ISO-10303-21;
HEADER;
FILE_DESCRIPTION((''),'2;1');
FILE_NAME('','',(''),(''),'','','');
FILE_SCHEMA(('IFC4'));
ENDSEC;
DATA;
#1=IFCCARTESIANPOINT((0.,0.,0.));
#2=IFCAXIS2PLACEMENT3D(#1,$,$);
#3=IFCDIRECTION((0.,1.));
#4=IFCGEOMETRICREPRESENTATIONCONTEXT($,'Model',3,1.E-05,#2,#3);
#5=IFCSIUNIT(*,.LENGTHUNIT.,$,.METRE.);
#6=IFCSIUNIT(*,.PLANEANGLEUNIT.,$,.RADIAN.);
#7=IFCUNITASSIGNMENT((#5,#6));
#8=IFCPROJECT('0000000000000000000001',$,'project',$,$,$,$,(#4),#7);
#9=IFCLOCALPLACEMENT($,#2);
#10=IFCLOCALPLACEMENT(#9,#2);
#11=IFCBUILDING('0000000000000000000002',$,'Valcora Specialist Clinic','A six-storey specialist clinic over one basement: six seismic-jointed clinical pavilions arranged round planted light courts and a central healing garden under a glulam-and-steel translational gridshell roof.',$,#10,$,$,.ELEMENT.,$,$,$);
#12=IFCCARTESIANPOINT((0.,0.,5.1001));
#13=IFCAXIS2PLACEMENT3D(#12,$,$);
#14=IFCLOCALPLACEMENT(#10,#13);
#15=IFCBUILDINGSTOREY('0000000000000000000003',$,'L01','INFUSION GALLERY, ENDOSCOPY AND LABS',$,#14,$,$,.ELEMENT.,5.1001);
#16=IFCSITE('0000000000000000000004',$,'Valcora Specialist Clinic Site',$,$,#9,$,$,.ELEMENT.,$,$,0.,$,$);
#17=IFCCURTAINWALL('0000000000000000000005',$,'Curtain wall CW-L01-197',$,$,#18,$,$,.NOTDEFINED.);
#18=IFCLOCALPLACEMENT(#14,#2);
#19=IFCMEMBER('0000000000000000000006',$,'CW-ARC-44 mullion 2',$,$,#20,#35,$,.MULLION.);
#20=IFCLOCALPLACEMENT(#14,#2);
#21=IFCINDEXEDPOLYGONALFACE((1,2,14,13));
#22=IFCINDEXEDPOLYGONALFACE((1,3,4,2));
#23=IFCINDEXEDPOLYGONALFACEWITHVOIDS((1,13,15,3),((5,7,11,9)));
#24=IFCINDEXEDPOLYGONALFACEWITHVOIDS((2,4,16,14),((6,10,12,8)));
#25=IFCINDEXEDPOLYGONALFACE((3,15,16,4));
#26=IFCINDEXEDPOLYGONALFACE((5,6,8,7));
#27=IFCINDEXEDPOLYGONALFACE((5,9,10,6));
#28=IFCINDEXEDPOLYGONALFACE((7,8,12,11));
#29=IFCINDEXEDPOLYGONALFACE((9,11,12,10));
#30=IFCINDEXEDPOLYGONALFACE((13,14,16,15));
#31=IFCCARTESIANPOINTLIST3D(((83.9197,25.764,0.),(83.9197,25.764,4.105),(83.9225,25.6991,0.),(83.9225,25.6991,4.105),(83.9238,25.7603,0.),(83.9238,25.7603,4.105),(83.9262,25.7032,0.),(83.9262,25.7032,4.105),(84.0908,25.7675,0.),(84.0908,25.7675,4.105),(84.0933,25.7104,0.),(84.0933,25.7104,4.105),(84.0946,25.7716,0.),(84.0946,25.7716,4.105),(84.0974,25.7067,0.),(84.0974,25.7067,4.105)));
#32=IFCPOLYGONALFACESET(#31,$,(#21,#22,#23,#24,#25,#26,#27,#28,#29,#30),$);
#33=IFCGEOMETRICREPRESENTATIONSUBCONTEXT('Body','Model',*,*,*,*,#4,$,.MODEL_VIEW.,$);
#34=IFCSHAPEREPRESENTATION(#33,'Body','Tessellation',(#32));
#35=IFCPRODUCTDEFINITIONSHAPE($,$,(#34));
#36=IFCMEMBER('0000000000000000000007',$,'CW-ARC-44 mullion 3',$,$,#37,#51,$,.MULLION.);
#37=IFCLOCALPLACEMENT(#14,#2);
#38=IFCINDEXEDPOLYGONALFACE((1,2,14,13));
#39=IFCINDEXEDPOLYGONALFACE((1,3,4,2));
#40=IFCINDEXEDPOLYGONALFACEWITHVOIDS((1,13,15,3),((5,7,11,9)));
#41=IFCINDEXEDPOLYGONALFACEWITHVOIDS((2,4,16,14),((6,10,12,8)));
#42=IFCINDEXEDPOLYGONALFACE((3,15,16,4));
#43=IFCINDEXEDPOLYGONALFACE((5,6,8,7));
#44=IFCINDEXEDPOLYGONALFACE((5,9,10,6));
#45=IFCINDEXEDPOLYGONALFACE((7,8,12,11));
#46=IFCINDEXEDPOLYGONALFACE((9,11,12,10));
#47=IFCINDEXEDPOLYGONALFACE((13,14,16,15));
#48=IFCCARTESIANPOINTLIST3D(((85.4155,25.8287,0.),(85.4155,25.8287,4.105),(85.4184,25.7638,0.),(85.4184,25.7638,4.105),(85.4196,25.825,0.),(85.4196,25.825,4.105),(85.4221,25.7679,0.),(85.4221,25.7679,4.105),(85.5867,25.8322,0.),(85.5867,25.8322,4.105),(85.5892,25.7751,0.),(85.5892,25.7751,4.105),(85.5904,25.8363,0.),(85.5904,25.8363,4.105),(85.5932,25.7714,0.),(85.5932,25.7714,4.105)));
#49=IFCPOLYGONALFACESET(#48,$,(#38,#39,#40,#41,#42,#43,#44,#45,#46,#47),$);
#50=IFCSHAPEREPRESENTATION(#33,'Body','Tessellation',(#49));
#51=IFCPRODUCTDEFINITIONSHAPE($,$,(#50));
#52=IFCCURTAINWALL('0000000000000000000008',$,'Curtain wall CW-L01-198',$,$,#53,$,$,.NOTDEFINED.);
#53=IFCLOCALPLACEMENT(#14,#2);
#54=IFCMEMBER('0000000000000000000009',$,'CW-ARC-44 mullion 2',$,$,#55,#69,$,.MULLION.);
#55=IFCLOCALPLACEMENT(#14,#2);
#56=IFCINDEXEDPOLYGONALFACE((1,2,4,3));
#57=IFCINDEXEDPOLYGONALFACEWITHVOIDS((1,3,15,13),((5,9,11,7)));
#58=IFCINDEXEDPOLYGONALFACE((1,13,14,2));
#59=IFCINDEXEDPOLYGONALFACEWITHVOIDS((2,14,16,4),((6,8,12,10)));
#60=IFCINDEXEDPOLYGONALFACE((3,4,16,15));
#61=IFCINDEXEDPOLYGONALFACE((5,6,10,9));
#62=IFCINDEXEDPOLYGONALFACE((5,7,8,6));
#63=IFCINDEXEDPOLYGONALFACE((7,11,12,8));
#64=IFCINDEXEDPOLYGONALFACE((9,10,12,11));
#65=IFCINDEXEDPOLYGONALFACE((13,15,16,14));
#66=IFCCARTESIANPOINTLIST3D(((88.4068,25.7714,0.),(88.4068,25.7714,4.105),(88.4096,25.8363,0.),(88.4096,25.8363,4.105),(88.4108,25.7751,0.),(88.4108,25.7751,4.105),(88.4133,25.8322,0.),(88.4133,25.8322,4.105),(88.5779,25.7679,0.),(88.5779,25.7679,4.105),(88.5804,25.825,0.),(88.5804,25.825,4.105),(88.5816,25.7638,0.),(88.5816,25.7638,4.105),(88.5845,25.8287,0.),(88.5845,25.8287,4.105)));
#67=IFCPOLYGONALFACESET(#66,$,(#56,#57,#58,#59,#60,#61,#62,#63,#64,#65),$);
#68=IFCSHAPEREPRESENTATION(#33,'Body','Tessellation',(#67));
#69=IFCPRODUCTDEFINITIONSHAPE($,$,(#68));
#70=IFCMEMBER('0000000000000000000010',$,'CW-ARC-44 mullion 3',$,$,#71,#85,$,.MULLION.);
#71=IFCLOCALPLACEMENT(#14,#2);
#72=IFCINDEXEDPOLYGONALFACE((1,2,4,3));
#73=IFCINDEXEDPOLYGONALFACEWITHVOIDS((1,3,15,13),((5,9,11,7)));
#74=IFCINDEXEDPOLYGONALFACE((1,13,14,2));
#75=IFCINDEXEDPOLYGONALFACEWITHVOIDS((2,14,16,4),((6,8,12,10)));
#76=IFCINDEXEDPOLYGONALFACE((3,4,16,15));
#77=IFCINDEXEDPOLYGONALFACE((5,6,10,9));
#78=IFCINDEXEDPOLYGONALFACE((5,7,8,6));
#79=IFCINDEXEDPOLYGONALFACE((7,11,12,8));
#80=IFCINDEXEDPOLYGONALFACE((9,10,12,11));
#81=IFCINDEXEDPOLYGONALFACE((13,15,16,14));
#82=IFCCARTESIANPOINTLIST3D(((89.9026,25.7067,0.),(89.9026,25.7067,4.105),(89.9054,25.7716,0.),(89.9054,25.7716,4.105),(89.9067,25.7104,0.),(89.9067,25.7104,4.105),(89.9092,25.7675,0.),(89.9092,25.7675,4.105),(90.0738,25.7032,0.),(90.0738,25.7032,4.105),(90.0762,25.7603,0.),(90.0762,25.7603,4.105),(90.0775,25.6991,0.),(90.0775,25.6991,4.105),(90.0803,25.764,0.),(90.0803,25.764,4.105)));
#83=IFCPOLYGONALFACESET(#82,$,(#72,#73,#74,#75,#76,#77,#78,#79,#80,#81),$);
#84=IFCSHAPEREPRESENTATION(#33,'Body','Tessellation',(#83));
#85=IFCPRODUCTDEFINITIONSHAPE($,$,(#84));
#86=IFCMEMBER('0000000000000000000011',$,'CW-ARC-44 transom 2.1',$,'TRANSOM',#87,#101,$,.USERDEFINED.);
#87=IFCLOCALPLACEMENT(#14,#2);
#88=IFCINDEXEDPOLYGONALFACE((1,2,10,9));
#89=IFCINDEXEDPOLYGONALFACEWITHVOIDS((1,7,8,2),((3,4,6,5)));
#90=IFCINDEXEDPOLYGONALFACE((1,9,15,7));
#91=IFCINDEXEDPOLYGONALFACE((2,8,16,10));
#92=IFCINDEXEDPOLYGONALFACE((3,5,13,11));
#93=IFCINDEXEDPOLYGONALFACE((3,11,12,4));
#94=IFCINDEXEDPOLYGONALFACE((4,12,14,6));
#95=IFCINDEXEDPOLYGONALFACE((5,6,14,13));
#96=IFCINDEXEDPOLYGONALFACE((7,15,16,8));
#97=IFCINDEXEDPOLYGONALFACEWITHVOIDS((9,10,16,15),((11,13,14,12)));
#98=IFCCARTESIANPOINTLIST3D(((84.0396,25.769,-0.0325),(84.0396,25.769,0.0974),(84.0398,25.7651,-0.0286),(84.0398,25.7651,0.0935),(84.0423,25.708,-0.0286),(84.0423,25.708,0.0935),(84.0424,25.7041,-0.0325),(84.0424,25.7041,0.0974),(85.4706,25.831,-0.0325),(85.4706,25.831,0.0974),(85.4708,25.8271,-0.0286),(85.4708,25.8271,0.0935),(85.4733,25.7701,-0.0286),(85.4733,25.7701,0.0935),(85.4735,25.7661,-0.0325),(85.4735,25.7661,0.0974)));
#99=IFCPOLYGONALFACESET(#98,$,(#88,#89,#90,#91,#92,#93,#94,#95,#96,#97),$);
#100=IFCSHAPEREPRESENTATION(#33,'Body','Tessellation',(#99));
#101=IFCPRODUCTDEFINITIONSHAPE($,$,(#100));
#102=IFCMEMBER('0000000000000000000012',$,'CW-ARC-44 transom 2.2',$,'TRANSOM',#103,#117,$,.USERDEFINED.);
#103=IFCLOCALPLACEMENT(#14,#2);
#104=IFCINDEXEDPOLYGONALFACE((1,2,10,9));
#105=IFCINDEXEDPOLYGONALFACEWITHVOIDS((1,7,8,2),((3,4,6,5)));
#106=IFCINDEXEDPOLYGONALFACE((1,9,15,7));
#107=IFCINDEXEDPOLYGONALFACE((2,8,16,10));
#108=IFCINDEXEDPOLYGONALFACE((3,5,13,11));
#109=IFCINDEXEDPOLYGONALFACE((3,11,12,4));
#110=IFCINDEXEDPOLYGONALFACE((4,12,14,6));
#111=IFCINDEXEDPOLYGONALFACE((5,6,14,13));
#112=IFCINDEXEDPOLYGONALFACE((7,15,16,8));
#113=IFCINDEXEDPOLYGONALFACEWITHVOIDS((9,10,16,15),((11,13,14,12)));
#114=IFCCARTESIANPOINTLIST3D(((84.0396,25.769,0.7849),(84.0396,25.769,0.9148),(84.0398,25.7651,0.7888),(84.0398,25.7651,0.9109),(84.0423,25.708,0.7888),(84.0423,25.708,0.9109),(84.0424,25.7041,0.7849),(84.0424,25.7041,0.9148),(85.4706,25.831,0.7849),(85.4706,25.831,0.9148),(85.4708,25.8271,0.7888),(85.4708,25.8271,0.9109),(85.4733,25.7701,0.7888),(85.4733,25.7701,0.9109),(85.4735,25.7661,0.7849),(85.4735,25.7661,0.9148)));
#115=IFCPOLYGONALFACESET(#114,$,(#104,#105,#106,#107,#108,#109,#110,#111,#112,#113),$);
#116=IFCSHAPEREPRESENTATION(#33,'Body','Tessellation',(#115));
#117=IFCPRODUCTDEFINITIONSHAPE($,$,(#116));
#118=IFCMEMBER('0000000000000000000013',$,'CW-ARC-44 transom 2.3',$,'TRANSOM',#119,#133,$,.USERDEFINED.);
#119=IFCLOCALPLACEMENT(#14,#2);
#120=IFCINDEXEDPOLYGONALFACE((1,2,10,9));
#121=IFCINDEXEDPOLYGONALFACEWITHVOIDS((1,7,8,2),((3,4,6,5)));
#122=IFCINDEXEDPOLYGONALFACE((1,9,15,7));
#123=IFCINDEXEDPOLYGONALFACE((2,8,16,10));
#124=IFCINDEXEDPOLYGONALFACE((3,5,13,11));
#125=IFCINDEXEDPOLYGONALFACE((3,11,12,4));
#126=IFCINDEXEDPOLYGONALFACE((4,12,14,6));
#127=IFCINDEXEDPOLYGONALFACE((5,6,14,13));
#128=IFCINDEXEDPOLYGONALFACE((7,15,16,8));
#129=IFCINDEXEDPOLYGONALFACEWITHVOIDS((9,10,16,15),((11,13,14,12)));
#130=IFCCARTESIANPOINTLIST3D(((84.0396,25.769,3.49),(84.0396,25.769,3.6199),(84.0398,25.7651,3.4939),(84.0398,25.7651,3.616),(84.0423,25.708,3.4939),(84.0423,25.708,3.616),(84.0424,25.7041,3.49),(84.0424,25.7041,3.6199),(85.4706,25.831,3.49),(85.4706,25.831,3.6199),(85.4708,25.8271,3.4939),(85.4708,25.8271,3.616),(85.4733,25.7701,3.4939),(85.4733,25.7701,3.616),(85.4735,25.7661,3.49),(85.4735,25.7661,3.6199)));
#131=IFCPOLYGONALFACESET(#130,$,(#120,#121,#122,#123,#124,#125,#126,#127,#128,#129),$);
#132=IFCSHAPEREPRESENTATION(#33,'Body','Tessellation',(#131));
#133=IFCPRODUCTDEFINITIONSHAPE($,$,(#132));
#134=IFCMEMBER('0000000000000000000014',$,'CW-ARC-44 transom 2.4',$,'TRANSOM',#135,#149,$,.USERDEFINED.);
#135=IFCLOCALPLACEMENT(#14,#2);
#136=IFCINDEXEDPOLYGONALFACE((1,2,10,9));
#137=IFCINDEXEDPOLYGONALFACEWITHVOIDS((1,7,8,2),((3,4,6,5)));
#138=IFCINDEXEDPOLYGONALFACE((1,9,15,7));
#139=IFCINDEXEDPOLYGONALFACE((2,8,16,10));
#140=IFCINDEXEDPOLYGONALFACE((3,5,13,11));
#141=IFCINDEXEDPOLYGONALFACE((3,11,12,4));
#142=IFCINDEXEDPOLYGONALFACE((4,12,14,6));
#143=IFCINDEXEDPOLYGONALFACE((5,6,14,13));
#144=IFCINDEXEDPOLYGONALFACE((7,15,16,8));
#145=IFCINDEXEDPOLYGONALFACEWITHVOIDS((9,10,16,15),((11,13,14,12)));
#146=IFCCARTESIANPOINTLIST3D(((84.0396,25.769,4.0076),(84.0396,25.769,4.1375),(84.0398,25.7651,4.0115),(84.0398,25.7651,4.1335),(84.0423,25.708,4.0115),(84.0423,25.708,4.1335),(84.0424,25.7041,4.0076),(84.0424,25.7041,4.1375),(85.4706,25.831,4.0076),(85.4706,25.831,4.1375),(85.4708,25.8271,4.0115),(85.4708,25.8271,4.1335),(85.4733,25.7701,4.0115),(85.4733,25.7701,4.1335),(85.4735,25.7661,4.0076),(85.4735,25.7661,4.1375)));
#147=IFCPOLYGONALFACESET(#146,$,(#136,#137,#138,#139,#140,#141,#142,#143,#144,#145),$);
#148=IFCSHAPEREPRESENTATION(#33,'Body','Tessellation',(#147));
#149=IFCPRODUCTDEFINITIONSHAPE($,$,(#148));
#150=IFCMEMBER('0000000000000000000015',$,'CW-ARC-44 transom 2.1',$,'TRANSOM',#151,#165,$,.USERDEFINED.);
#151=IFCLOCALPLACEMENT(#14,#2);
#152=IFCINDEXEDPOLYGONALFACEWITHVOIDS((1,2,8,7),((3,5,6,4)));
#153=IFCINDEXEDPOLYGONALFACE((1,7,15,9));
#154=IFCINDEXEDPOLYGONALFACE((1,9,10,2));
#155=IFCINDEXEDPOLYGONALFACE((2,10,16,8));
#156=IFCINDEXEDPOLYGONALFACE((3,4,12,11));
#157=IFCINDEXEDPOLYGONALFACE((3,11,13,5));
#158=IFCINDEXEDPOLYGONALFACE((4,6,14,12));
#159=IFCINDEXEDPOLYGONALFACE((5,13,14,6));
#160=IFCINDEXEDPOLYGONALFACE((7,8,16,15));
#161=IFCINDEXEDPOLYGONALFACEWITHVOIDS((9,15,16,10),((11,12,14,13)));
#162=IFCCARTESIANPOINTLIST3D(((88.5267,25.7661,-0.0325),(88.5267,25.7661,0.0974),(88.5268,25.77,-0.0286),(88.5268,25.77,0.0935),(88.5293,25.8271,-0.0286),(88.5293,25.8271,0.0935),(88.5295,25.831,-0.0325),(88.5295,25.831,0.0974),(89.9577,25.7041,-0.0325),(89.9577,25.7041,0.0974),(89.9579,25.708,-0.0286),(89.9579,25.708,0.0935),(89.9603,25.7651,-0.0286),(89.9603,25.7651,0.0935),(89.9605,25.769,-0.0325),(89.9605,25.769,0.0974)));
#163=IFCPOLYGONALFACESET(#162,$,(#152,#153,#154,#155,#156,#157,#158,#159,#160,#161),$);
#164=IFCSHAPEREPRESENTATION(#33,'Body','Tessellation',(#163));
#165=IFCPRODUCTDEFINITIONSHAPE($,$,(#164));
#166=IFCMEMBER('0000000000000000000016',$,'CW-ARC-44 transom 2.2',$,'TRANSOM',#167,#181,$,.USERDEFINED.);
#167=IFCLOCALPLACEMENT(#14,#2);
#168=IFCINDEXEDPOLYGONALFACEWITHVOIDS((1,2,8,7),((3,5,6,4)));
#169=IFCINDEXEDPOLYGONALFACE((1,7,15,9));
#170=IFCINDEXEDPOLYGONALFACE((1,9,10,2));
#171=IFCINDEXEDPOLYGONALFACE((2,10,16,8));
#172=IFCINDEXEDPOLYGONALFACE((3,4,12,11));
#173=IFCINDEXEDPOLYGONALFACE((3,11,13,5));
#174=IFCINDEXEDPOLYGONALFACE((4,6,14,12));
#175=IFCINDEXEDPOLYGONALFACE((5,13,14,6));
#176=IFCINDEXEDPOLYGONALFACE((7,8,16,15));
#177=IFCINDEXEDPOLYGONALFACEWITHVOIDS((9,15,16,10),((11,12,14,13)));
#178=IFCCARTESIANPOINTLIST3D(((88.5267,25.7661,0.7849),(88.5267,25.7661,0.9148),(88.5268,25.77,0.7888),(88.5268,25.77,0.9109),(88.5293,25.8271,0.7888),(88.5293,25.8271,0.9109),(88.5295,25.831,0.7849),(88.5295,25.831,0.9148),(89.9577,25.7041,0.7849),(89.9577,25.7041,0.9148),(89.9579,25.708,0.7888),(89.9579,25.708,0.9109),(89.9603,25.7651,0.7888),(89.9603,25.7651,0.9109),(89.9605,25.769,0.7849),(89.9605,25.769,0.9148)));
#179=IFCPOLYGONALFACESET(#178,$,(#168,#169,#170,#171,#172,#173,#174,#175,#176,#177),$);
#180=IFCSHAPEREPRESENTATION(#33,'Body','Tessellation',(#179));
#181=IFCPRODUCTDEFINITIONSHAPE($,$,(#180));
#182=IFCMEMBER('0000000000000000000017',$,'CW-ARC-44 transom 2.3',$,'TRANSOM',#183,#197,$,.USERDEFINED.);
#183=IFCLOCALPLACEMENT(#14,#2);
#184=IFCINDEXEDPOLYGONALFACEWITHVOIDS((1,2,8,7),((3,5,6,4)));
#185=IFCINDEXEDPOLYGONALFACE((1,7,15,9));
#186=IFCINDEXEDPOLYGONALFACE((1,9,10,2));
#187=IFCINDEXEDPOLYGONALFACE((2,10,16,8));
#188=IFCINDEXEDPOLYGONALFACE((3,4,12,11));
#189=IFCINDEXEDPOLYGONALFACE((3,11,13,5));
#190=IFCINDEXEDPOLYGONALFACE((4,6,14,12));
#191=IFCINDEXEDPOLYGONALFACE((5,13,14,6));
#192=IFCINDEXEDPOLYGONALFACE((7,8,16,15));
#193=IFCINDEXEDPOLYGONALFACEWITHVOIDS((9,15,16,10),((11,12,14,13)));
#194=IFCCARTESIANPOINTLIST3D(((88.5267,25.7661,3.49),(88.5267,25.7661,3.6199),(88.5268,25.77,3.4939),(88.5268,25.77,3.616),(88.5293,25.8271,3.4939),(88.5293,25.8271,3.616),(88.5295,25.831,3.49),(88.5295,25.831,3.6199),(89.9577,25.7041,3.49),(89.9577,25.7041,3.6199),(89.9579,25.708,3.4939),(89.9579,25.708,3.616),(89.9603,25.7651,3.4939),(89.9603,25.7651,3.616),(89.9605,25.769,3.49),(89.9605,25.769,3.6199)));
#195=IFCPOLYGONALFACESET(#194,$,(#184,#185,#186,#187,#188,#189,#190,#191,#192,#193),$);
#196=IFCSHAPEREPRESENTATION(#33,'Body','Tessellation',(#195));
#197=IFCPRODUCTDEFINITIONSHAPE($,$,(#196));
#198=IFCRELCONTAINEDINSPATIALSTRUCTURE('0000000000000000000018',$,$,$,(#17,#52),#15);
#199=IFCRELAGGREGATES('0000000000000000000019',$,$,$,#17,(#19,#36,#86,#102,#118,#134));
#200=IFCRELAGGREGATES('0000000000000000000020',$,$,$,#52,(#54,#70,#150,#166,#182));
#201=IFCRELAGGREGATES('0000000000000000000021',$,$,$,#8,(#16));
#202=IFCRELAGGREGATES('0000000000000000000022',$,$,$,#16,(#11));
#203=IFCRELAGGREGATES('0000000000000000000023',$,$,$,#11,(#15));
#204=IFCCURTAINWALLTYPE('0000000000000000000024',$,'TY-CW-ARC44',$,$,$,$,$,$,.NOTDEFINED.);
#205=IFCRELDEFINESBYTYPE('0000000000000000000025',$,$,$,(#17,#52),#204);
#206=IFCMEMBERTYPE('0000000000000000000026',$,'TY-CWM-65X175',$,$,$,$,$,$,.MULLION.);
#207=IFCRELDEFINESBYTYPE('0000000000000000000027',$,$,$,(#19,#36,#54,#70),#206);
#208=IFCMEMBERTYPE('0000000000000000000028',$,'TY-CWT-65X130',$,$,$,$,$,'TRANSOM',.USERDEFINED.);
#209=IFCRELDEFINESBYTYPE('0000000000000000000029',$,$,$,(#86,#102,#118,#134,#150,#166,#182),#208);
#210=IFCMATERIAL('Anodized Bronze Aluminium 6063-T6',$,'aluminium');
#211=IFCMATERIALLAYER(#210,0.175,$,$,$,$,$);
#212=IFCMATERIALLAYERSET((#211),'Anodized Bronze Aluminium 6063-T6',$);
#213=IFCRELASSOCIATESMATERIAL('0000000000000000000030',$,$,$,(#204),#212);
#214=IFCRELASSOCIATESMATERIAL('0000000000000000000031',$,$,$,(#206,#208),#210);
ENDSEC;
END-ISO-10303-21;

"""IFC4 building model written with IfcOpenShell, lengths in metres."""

from ifc_helpers import new_model, si_unit, direction, frame, origin, origin_2d, place, context, subcontext, project, spatial, hollow_rectangle, extrude, material, layer, layer_set, material_profile, profile_set, type_object, element, aggregate, save


model = new_model("IFC4")

# Units and contexts
model_context = context("Model", 3, precision=1e-05, world=origin(), true_north=direction((0.0, 1.0)))
body_context = subcontext(model_context, "Body", "Model", "MODEL_VIEW")
ifc_project = project(units=[si_unit("LENGTHUNIT", "METRE"), si_unit("PLANEANGLEUNIT", "RADIAN")], contexts=[model_context])

# Site, building, storey
site_placement = place(None, origin())
site = spatial("IfcSite", under=ifc_project, at=site_placement, Name="Valcora Specialist Clinic Site", CompositionType="ELEMENT", RefElevation=0.0)
building_placement = place(site_placement, origin())
building = spatial("IfcBuilding", under=site, at=building_placement, Name="Valcora Specialist Clinic", Description="A six-storey specialist clinic over one basement: six seismic-jointed clinical pavilions arranged round planted light courts and a central healing garden under a glulam-and-steel translational gridshell roof.", CompositionType="ELEMENT")
storey_placement = place(building_placement, frame((0.0, 0.0, 5.1001)))
storey = spatial("IfcBuildingStorey", under=building, at=storey_placement, Name="L01", Description="INFUSION GALLERY, ENDOSCOPY AND LABS", CompositionType="ELEMENT", Elevation=5.1001)

# Curtain walls, members
ifc_material_1 = material(Name="Anodized Bronze Aluminium 6063-T6", Category="aluminium")
ifc_layer_1 = layer(ifc_material_1, 0.175)
ifc_layer_set_1 = layer_set([ifc_layer_1], Name="Anodized Bronze Aluminium 6063-T6")
curtain_wall_type = type_object("IfcCurtainWallType", Name="TY-CW-ARC44", PredefinedType="NOTDEFINED", material=ifc_layer_set_1)
curtain_wall_1_placement = place(storey_placement, origin())
curtain_wall_1 = element("IfcCurtainWall", 1, at=curtain_wall_1_placement, inside=storey, type_object=curtain_wall_type, Name="Curtain wall CW-L01-197", PredefinedType="NOTDEFINED")
ifc_material_profile_1 = material_profile(ifc_material_1, hollow_rectangle(XDim=0.0649, YDim=0.175, WallThickness=0.0039, at=origin_2d()), Name="AL-MUL-65X175")
ifc_profile_set_1 = profile_set([ifc_material_profile_1], Name="Anodized Bronze Aluminium 6063-T6")
member_type_1 = type_object("IfcMemberType", Name="TY-CWM-65X175", PredefinedType="MULLION", material=ifc_profile_set_1)
member_1_placement = place(storey_placement, frame((84.0085, 25.7354, 0.0), z_axis=(0.0, 0.0, 1.0), x_axis=(-0.043307, 0.999062, 0.0)))
member_1 = element("IfcMember", 2, at=member_1_placement, type_object=member_type_1, Name="CW-ARC-44 mullion 2", PredefinedType="MULLION", context=body_context, shape_type="SweptSolid", body=[
    extrude(hollow_rectangle(XDim=0.0649, YDim=0.175, WallThickness=0.0039, at=origin_2d()), origin(), (0.0, 0.0, 1.0), 4.105),
])
member_2_placement = place(storey_placement, frame((85.5044, 25.8, 0.0), z_axis=(0.0, 0.0, 1.0), x_axis=(-0.043307, 0.999062, 0.0)))
member_2 = element("IfcMember", 3, at=member_2_placement, type_object=member_type_1, Name="CW-ARC-44 mullion 3", PredefinedType="MULLION", context=body_context, shape_type="SweptSolid", body=[
    extrude(hollow_rectangle(XDim=0.0649, YDim=0.175, WallThickness=0.0039, at=origin_2d()), origin(), (0.0, 0.0, 1.0), 4.105),
])
curtain_wall_2_placement = place(storey_placement, origin())
curtain_wall_2 = element("IfcCurtainWall", 4, at=curtain_wall_2_placement, inside=storey, type_object=curtain_wall_type, Name="Curtain wall CW-L01-198", PredefinedType="NOTDEFINED")
member_3_placement = place(storey_placement, frame((88.4956, 25.8, 0.0), z_axis=(0.0, 0.0, 1.0), x_axis=(0.043307, 0.999062, 0.0)))
member_3 = element("IfcMember", 5, at=member_3_placement, type_object=member_type_1, Name="CW-ARC-44 mullion 2", PredefinedType="MULLION", context=body_context, shape_type="SweptSolid", body=[
    extrude(hollow_rectangle(XDim=0.0649, YDim=0.175, WallThickness=0.0039, at=origin_2d()), origin(), (0.0, 0.0, 1.0), 4.105),
])
member_4_placement = place(storey_placement, frame((89.9915, 25.7354, 0.0), z_axis=(0.0, 0.0, 1.0), x_axis=(0.043307, 0.999062, 0.0)))
member_4 = element("IfcMember", 6, at=member_4_placement, type_object=member_type_1, Name="CW-ARC-44 mullion 3", PredefinedType="MULLION", context=body_context, shape_type="SweptSolid", body=[
    extrude(hollow_rectangle(XDim=0.0649, YDim=0.175, WallThickness=0.0039, at=origin_2d()), origin(), (0.0, 0.0, 1.0), 4.105),
])

# Members
ifc_material_profile_2 = material_profile(ifc_material_1, hollow_rectangle(XDim=0.0649, YDim=0.1299, WallThickness=0.0039, at=origin_2d()), Name="AL-TRN-65X130")
ifc_profile_set_2 = profile_set([ifc_material_profile_2], Name="Anodized Bronze Aluminium 6063-T6")
member_type_2 = type_object("IfcMemberType", Name="TY-CWT-65X130", ElementType="TRANSOM", PredefinedType="USERDEFINED", material=ifc_profile_set_2)
member_5_placement = place(storey_placement, frame((84.041, 25.7366, 0.0325), z_axis=(0.999062, 0.043297, 0.0), x_axis=(-0.043297, 0.999062, 0.0)))
member_5 = element("IfcMember", 7, at=member_5_placement, type_object=member_type_2, Name="CW-ARC-44 transom 2.1", ObjectType="TRANSOM", PredefinedType="USERDEFINED", context=body_context, shape_type="SweptSolid", body=[
    extrude(hollow_rectangle(XDim=0.0649, YDim=0.1299, WallThickness=0.0039, at=origin_2d()), origin(), (0.0, 0.0, 1.0), 1.4324),
])
member_6_placement = place(storey_placement, frame((84.041, 25.7366, 0.8499), z_axis=(0.999062, 0.043297, 0.0), x_axis=(-0.043297, 0.999062, 0.0)))
member_6 = element("IfcMember", 8, at=member_6_placement, type_object=member_type_2, Name="CW-ARC-44 transom 2.2", ObjectType="TRANSOM", PredefinedType="USERDEFINED", context=body_context, shape_type="SweptSolid", body=[
    extrude(hollow_rectangle(XDim=0.0649, YDim=0.1299, WallThickness=0.0039, at=origin_2d()), origin(), (0.0, 0.0, 1.0), 1.4324),
])
member_7_placement = place(storey_placement, frame((84.041, 25.7366, 3.5549), z_axis=(0.999062, 0.043297, 0.0), x_axis=(-0.043297, 0.999062, 0.0)))
member_7 = element("IfcMember", 9, at=member_7_placement, type_object=member_type_2, Name="CW-ARC-44 transom 2.3", ObjectType="TRANSOM", PredefinedType="USERDEFINED", context=body_context, shape_type="SweptSolid", body=[
    extrude(hollow_rectangle(XDim=0.0649, YDim=0.1299, WallThickness=0.0039, at=origin_2d()), origin(), (0.0, 0.0, 1.0), 1.4324),
])
member_8_placement = place(storey_placement, frame((84.041, 25.7366, 4.0725), z_axis=(0.999062, 0.043297, 0.0), x_axis=(-0.043297, 0.999062, 0.0)))
member_8 = element("IfcMember", 10, at=member_8_placement, type_object=member_type_2, Name="CW-ARC-44 transom 2.4", ObjectType="TRANSOM", PredefinedType="USERDEFINED", context=body_context, shape_type="SweptSolid", body=[
    extrude(hollow_rectangle(XDim=0.0649, YDim=0.1299, WallThickness=0.0039, at=origin_2d()), origin(), (0.0, 0.0, 1.0), 1.4324),
])
member_9_placement = place(storey_placement, frame((88.5281, 25.7986, 0.0325), z_axis=(0.999062, -0.043297, 0.0), x_axis=(0.043297, 0.999062, 0.0)))
member_9 = element("IfcMember", 11, at=member_9_placement, type_object=member_type_2, Name="CW-ARC-44 transom 2.1", ObjectType="TRANSOM", PredefinedType="USERDEFINED", context=body_context, shape_type="SweptSolid", body=[
    extrude(hollow_rectangle(XDim=0.0649, YDim=0.1299, WallThickness=0.0039, at=origin_2d()), origin(), (0.0, 0.0, 1.0), 1.4324),
])
member_10_placement = place(storey_placement, frame((88.5281, 25.7986, 0.8499), z_axis=(0.999062, -0.043297, 0.0), x_axis=(0.043297, 0.999062, 0.0)))
member_10 = element("IfcMember", 12, at=member_10_placement, type_object=member_type_2, Name="CW-ARC-44 transom 2.2", ObjectType="TRANSOM", PredefinedType="USERDEFINED", context=body_context, shape_type="SweptSolid", body=[
    extrude(hollow_rectangle(XDim=0.0649, YDim=0.1299, WallThickness=0.0039, at=origin_2d()), origin(), (0.0, 0.0, 1.0), 1.4324),
])
member_11_placement = place(storey_placement, frame((88.5281, 25.7986, 3.5549), z_axis=(0.999062, -0.043297, 0.0), x_axis=(0.043297, 0.999062, 0.0)))
member_11 = element("IfcMember", 13, at=member_11_placement, type_object=member_type_2, Name="CW-ARC-44 transom 2.3", ObjectType="TRANSOM", PredefinedType="USERDEFINED", context=body_context, shape_type="SweptSolid", body=[
    extrude(hollow_rectangle(XDim=0.0649, YDim=0.1299, WallThickness=0.0039, at=origin_2d()), origin(), (0.0, 0.0, 1.0), 1.4324),
])

aggregate(curtain_wall_1, [member_1, member_2, member_5, member_6, member_7, member_8])
aggregate(curtain_wall_2, [member_3, member_4, member_9, member_10, member_11])

save(model, "model.ifc")
